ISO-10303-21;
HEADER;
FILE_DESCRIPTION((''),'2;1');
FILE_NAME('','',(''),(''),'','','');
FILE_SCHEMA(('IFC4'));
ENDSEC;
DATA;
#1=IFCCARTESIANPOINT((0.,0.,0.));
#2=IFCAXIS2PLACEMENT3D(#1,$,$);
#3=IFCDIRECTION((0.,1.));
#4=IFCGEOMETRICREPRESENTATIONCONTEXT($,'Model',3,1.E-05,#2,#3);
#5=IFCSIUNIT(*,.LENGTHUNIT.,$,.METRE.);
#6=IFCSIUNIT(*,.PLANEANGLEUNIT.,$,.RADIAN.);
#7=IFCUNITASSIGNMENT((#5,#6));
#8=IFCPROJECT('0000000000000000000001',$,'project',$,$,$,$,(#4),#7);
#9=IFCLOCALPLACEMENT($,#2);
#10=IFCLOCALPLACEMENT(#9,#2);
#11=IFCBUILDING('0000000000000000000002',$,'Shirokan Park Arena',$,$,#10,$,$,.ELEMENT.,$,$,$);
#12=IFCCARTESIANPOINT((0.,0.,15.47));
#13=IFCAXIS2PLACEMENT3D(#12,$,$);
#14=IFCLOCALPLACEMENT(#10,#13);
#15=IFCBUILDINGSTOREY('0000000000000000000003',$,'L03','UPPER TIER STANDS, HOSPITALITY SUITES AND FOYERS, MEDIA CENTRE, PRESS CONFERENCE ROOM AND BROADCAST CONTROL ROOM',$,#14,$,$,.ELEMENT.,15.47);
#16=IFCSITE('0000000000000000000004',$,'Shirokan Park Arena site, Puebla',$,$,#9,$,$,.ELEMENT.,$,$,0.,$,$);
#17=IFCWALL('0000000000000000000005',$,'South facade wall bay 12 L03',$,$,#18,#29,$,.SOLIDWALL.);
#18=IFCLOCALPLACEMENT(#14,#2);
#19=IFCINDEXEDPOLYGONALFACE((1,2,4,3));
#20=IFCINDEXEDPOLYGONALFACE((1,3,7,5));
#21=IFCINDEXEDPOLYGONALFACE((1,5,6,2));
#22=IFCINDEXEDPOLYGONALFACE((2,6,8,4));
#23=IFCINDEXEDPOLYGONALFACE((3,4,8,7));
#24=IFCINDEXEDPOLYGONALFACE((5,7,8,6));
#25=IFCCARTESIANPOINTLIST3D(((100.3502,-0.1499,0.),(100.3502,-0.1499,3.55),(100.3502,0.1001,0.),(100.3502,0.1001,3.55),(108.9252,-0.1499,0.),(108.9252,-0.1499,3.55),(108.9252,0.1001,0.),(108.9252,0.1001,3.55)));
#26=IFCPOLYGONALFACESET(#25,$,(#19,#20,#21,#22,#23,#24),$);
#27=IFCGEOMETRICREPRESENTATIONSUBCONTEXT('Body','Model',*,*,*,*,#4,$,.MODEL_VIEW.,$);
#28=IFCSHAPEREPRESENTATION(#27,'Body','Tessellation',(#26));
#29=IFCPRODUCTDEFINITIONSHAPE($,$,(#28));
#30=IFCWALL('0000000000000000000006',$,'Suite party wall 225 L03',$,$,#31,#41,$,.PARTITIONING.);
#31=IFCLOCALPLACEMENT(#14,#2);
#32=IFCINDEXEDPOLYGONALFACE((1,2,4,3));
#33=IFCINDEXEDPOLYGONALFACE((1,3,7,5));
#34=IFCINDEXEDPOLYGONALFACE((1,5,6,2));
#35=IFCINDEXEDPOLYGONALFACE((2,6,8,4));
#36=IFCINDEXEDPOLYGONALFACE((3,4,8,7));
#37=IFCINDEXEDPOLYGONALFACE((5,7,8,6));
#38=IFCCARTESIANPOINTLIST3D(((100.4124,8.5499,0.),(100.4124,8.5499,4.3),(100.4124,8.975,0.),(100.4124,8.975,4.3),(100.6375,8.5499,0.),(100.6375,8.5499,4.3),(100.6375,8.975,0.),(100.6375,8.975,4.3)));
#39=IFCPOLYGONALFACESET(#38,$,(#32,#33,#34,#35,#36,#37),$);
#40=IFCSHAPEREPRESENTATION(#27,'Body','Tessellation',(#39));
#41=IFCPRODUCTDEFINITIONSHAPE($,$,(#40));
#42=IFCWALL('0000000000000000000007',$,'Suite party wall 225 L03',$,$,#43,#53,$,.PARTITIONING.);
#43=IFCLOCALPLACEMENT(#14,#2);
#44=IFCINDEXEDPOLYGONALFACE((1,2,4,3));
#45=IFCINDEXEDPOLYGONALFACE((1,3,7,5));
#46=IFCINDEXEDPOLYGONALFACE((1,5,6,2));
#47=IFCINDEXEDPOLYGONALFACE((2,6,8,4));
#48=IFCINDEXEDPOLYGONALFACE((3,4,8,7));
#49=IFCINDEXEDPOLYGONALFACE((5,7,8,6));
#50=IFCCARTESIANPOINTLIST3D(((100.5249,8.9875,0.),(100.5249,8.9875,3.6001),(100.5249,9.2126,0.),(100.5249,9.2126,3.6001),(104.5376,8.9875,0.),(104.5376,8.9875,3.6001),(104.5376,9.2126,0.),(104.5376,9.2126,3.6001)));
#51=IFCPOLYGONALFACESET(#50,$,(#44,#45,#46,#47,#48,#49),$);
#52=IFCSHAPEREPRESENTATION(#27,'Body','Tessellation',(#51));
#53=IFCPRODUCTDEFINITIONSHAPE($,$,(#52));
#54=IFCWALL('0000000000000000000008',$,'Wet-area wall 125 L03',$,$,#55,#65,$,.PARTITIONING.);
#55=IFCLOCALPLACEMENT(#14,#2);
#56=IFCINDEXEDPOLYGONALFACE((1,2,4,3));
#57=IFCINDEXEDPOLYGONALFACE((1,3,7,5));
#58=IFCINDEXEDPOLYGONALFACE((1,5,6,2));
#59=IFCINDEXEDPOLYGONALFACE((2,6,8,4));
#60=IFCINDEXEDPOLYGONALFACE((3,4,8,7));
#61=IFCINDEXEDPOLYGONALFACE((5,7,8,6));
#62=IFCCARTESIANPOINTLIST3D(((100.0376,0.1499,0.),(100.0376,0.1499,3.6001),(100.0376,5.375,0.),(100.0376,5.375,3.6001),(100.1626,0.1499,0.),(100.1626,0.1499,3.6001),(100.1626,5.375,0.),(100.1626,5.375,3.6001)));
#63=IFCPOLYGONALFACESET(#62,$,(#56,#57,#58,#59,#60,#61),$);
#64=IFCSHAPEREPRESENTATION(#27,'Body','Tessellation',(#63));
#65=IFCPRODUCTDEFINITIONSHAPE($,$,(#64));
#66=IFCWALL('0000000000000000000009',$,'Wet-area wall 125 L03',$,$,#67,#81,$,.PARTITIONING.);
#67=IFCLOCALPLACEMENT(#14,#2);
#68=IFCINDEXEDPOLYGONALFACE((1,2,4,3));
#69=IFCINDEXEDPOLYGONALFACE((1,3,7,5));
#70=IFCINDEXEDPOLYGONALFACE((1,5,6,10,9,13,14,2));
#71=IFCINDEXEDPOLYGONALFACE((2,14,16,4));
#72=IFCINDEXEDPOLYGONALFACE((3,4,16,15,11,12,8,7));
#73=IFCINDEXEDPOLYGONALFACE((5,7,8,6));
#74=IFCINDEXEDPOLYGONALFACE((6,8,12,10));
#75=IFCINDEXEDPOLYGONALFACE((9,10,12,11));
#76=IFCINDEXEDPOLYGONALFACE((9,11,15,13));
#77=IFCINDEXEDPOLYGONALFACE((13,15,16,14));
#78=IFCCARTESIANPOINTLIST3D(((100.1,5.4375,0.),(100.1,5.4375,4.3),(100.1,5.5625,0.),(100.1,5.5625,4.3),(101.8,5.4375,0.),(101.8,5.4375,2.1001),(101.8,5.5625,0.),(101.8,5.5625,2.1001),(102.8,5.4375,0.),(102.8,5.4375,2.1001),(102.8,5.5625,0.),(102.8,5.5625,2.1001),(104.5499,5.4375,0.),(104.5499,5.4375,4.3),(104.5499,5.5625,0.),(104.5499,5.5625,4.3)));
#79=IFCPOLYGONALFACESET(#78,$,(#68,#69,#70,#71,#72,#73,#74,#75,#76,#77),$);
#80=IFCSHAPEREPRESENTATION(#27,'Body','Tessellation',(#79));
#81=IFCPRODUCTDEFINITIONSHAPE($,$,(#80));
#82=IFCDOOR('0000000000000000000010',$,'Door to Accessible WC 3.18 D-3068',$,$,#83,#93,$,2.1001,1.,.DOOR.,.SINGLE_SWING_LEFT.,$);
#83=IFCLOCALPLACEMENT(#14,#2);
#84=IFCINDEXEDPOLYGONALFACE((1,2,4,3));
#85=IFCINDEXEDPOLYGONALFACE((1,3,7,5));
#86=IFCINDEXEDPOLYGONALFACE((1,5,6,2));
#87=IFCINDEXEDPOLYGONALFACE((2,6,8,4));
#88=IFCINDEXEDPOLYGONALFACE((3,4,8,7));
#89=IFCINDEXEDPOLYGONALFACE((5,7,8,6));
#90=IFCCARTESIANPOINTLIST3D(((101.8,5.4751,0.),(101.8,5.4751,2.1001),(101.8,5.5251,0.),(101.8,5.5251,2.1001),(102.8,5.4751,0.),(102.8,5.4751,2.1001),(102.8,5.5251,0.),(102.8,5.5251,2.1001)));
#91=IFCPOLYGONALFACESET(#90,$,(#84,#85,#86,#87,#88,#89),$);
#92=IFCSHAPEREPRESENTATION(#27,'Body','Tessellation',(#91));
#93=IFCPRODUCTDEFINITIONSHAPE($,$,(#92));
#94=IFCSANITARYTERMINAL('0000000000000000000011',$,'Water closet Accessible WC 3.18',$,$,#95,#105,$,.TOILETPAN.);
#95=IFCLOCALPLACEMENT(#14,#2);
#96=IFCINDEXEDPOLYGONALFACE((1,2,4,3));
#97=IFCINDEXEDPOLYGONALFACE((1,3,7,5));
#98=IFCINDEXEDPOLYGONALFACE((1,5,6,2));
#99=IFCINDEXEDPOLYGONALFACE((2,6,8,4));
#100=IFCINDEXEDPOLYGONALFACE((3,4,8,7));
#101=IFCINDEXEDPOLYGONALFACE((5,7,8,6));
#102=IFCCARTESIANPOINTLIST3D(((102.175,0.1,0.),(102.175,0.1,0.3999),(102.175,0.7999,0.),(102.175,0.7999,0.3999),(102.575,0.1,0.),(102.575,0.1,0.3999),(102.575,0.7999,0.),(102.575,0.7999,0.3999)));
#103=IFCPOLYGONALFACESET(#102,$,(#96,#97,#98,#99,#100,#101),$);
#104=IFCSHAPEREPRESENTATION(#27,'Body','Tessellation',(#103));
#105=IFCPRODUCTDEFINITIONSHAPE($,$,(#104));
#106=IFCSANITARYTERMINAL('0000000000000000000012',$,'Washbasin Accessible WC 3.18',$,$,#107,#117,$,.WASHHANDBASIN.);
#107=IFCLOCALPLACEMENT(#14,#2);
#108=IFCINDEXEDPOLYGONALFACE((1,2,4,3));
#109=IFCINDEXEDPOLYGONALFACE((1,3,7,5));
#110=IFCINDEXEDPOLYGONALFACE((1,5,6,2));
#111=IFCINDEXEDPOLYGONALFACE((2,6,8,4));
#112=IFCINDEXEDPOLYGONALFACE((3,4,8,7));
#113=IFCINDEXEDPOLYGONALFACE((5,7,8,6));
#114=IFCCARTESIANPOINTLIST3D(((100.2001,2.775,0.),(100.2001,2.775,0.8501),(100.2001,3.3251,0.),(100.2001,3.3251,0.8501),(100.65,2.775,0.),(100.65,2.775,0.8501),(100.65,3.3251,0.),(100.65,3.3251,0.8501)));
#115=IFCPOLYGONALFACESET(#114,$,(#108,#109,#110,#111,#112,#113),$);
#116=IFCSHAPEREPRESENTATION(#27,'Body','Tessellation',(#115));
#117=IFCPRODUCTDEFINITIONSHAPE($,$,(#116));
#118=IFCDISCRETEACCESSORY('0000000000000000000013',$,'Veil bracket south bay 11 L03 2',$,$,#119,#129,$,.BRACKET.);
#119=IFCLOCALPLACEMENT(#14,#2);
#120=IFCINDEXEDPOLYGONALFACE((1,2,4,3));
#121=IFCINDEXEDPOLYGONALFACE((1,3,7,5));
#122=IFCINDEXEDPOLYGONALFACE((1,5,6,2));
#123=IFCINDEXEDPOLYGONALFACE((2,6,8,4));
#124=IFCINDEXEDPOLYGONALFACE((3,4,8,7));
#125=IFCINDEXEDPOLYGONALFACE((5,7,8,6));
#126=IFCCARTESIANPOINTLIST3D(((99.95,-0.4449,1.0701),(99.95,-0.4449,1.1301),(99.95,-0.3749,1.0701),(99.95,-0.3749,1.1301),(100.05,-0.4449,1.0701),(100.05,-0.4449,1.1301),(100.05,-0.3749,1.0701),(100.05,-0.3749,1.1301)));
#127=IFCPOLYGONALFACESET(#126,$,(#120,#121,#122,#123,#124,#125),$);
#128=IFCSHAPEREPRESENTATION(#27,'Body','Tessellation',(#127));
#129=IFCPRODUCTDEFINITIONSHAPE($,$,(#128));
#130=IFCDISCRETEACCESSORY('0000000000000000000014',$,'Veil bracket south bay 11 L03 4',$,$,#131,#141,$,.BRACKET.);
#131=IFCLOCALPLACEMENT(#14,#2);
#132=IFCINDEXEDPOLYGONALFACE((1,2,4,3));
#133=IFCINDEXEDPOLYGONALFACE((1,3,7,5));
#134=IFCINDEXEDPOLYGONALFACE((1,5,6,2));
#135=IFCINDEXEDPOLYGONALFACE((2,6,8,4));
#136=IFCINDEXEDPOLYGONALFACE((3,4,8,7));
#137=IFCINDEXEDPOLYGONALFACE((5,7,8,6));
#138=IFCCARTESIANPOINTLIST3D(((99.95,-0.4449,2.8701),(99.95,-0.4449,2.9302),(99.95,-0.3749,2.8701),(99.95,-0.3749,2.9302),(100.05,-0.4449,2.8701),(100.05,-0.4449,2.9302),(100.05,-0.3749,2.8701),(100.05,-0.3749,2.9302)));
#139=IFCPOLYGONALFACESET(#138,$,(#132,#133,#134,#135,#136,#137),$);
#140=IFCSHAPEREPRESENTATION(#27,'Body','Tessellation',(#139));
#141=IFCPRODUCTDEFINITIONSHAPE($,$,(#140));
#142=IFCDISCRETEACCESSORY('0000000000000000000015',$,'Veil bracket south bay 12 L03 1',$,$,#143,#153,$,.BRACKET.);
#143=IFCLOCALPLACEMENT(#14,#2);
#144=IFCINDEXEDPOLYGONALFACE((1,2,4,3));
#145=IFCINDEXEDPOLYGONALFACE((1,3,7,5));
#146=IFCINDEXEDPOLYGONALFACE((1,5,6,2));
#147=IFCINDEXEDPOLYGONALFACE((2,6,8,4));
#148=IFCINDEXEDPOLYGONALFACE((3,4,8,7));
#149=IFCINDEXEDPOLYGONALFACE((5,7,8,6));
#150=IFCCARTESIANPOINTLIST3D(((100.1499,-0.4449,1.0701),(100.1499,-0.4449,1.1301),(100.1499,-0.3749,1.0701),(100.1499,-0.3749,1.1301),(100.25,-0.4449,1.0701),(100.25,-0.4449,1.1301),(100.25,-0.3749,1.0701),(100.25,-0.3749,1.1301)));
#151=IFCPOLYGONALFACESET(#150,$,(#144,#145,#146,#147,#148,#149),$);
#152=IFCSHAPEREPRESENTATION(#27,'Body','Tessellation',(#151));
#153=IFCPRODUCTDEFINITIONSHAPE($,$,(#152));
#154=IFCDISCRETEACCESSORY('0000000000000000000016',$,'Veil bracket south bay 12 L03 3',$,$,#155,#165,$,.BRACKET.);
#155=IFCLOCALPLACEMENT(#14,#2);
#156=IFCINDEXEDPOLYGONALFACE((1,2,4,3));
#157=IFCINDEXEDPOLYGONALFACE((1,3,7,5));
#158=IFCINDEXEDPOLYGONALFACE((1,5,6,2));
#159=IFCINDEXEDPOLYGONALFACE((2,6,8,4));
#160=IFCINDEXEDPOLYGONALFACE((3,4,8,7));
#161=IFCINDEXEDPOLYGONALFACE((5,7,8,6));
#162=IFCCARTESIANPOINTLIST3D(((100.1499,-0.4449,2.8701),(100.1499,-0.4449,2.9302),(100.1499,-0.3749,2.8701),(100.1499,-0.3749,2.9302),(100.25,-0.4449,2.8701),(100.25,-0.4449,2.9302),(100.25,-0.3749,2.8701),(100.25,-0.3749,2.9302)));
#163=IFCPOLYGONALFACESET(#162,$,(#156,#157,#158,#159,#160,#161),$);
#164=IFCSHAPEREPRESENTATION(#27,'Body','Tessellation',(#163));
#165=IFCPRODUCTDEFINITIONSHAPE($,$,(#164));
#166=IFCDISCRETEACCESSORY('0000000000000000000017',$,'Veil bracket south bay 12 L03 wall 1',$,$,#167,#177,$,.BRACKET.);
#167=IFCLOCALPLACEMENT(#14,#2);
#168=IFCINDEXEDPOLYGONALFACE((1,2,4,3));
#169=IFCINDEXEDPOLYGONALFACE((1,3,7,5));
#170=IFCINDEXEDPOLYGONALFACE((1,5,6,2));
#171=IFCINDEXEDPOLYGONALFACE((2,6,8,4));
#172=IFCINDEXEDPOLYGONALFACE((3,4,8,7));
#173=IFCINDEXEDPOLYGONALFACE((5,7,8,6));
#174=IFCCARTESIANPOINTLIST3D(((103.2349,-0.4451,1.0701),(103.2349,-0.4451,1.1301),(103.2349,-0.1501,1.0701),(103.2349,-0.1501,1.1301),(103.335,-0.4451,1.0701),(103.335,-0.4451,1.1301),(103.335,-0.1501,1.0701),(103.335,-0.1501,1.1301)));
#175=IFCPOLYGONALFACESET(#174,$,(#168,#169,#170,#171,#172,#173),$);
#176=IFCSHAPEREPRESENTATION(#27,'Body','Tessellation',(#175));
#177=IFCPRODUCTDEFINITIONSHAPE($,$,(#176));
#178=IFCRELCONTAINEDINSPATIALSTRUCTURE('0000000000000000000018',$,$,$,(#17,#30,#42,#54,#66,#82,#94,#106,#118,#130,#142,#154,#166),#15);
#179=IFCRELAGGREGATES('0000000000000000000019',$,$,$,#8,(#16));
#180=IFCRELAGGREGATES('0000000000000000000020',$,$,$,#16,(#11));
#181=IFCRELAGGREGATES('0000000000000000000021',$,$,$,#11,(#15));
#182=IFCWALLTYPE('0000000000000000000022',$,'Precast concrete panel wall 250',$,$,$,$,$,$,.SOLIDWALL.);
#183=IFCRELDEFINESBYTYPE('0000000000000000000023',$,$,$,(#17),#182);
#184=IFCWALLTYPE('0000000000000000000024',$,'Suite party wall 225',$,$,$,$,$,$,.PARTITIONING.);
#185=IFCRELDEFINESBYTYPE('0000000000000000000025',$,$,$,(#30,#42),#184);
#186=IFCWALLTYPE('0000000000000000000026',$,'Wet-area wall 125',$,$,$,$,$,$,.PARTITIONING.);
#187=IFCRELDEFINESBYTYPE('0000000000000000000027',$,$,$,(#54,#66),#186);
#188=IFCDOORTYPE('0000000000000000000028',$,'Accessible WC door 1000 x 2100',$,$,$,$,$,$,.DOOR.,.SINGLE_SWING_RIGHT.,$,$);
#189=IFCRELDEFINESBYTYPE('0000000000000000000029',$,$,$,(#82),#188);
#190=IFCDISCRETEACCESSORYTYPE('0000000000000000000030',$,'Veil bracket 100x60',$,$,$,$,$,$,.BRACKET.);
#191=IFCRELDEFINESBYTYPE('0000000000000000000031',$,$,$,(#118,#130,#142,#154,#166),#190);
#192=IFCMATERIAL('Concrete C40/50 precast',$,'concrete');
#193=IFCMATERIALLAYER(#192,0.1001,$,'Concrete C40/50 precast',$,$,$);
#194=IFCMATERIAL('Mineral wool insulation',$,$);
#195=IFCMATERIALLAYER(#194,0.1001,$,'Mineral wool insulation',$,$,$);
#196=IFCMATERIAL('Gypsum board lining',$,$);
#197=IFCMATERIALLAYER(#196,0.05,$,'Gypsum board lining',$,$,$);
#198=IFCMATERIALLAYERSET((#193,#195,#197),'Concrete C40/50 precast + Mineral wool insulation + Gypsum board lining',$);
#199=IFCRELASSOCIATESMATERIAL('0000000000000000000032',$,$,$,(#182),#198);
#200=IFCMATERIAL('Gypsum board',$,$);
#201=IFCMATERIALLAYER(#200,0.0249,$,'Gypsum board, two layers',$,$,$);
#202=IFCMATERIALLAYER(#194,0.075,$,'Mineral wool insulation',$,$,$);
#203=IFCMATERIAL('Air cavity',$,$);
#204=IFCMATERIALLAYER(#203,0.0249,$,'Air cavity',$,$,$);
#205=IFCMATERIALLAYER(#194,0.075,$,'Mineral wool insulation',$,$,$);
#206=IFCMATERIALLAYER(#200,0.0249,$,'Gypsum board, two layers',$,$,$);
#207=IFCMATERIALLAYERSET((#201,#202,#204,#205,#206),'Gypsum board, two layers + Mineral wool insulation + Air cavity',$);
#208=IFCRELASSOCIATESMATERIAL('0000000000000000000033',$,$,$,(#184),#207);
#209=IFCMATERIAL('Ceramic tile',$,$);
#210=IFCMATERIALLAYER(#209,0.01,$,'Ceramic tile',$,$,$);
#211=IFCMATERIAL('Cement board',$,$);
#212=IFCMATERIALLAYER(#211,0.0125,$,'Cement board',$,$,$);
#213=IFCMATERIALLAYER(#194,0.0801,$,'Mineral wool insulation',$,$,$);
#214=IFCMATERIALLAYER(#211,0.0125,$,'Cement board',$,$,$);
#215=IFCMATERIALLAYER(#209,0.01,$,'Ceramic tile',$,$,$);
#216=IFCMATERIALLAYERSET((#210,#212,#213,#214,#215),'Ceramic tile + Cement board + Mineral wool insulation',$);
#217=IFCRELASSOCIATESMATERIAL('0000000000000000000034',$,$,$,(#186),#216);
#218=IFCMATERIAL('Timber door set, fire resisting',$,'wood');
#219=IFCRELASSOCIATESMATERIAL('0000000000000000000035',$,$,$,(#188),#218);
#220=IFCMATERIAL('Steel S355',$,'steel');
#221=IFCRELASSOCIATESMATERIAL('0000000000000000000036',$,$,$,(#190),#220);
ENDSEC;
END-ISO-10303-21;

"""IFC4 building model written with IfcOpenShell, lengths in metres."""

from ifc_helpers import new_model, si_unit, direction, frame, frame_2d, origin, origin_2d, place, context, subcontext, project, spatial, rectangle, extrude, material, layer, layer_set, type_object, element, fill, save


model = new_model("IFC4")

# Units and contexts
model_context = context("Model", 3, precision=1e-05, world=origin(), true_north=direction((0.0, 1.0)))
body_context = subcontext(model_context, "Body", "Model", "MODEL_VIEW")
ifc_project = project(units=[si_unit("LENGTHUNIT", "METRE"), si_unit("PLANEANGLEUNIT", "RADIAN")], contexts=[model_context])

# Site, building, storey
site_placement = place(None, origin())
site = spatial("IfcSite", under=ifc_project, at=site_placement, Name="Shirokan Park Arena site, Puebla", CompositionType="ELEMENT", RefElevation=0.0)
building_placement = place(site_placement, origin())
building = spatial("IfcBuilding", under=site, at=building_placement, Name="Shirokan Park Arena", CompositionType="ELEMENT")
storey_placement = place(building_placement, frame((0.0, 0.0, 15.47)))
storey = spatial("IfcBuildingStorey", under=building, at=storey_placement, Name="L03", Description="UPPER TIER STANDS, HOSPITALITY SUITES AND FOYERS, MEDIA CENTRE, PRESS CONFERENCE ROOM AND BROADCAST CONTROL ROOM", CompositionType="ELEMENT", Elevation=15.47)

# Shared definitions
ifc_material_1 = material(Name="Steel S355", Category="steel")

# Shared definitions
ifc_material_2 = material(Name="Mineral wool insulation")

# Shared definitions
ifc_material_3 = material(Name="Timber door set, fire resisting", Category="wood")

# Walls
ifc_material_4 = material(Name="Concrete C40/50 precast", Category="concrete")
ifc_layer_1 = layer(ifc_material_4, 0.1001, Name="Concrete C40/50 precast")
ifc_layer_2 = layer(ifc_material_2, 0.1001, Name="Mineral wool insulation")
ifc_material_5 = material(Name="Gypsum board lining")
ifc_layer_3 = layer(ifc_material_5, 0.05, Name="Gypsum board lining")
ifc_layer_set_1 = layer_set([ifc_layer_1, ifc_layer_2, ifc_layer_3], Name="Concrete C40/50 precast + Mineral wool insulation + Gypsum board lining")
wall_type_1 = type_object("IfcWallType", Name="Precast concrete panel wall 250", PredefinedType="SOLIDWALL", material=ifc_layer_set_1)
wall_1_placement = place(storey_placement, frame((100.3501, -0.0249, 0.0), z_axis=(0.0, 0.0, 1.0), x_axis=(1.0, 0.0, 0.0)))
element("IfcWall", 1, at=wall_1_placement, inside=storey, type_object=wall_type_1, Name="South facade wall bay 12 L03", PredefinedType="SOLIDWALL", context=body_context, shape_type="SweptSolid", body=[
    extrude(rectangle(XDim=8.575, YDim=0.25, at=frame_2d((4.2876, 0.0))), origin(), (0.0, 0.0, 1.0), 3.55),
])
ifc_material_6 = material(Name="Gypsum board")
ifc_layer_4 = layer(ifc_material_6, 0.0249, Name="Gypsum board, two layers")
ifc_layer_5 = layer(ifc_material_2, 0.075, Name="Mineral wool insulation")
ifc_material_7 = material(Name="Air cavity")
ifc_layer_6 = layer(ifc_material_7, 0.0249, Name="Air cavity")
ifc_layer_7 = layer(ifc_material_2, 0.075, Name="Mineral wool insulation")
ifc_layer_8 = layer(ifc_material_6, 0.0249, Name="Gypsum board, two layers")
ifc_layer_set_2 = layer_set([ifc_layer_4, ifc_layer_5, ifc_layer_6, ifc_layer_7, ifc_layer_8], Name="Gypsum board, two layers + Mineral wool insulation + Air cavity")
wall_type_2 = type_object("IfcWallType", Name="Suite party wall 225", PredefinedType="PARTITIONING", material=ifc_layer_set_2)
wall_2_placement = place(storey_placement, frame((100.5249, 8.55, 0.0), z_axis=(0.0, 0.0, 1.0), x_axis=(0.0, 1.0, 0.0)))
element("IfcWall", 2, at=wall_2_placement, inside=storey, type_object=wall_type_2, Name="Suite party wall 225 L03", PredefinedType="PARTITIONING", context=body_context, shape_type="SweptSolid", body=[
    extrude(rectangle(XDim=0.425, YDim=0.2251, at=frame_2d((0.2124, 0.0))), origin(), (0.0, 0.0, 1.0), 4.3),
])
wall_3_placement = place(storey_placement, frame((100.5249, 9.1001, 0.0), z_axis=(0.0, 0.0, 1.0), x_axis=(1.0, 0.0, 0.0)))
element("IfcWall", 3, at=wall_3_placement, inside=storey, type_object=wall_type_2, Name="Suite party wall 225 L03", PredefinedType="PARTITIONING", context=body_context, shape_type="SweptSolid", body=[
    extrude(rectangle(XDim=4.0127, YDim=0.2251, at=frame_2d((2.0063, 0.0))), origin(), (0.0, 0.0, 1.0), 3.6001),
])
ifc_material_8 = material(Name="Ceramic tile")
ifc_layer_9 = layer(ifc_material_8, 0.01, Name="Ceramic tile")
ifc_material_9 = material(Name="Cement board")
ifc_layer_10 = layer(ifc_material_9, 0.0125, Name="Cement board")
ifc_layer_11 = layer(ifc_material_2, 0.0801, Name="Mineral wool insulation")
ifc_layer_12 = layer(ifc_material_9, 0.0125, Name="Cement board")
ifc_layer_13 = layer(ifc_material_8, 0.01, Name="Ceramic tile")
ifc_layer_set_3 = layer_set([ifc_layer_9, ifc_layer_10, ifc_layer_11, ifc_layer_12, ifc_layer_13], Name="Ceramic tile + Cement board + Mineral wool insulation")
wall_type_3 = type_object("IfcWallType", Name="Wet-area wall 125", PredefinedType="PARTITIONING", material=ifc_layer_set_3)
wall_4_placement = place(storey_placement, frame((100.1001, 5.375, 0.0), z_axis=(0.0, 0.0, 1.0), x_axis=(0.0, -1.0, 0.0)))
element("IfcWall", 4, at=wall_4_placement, inside=storey, type_object=wall_type_3, Name="Wet-area wall 125 L03", PredefinedType="PARTITIONING", context=body_context, shape_type="SweptSolid", body=[
    extrude(rectangle(XDim=5.2251, YDim=0.125, at=frame_2d((2.6125, 0.0))), origin(), (0.0, 0.0, 1.0), 3.6001),
])

# Wall, opening, door
wall_5_placement = place(storey_placement, frame((104.55, 5.5, 0.0), z_axis=(0.0, 0.0, 1.0), x_axis=(-1.0, 0.0, 0.0)))
wall_5 = element("IfcWall", 5, at=wall_5_placement, inside=storey, type_object=wall_type_3, Name="Wet-area wall 125 L03", PredefinedType="PARTITIONING", context=body_context, shape_type="SweptSolid", body=[
    extrude(rectangle(XDim=4.45, YDim=0.125, at=frame_2d((2.2251, 0.0))), origin(), (0.0, 0.0, 1.0), 4.3),
])
opening_1_placement = place(wall_5_placement, frame((1.75, 0.0, 0.0)))
opening_1 = element("IfcOpeningElement", 6, at=opening_1_placement, cuts=wall_5, PredefinedType="OPENING", context=body_context, shape_type="SweptSolid", body=[
    extrude(rectangle(XDim=1.0, YDim=2.1001, at=frame_2d((0.5, 1.05))), frame((0.0, 0.0725, 0.0), z_axis=(0.0, -1.0, 0.0), x_axis=(1.0, 0.0, 0.0)), (0.0, 0.0, 1.0), 0.145),
])
door_type_1 = type_object("IfcDoorType", Name="Accessible WC door 1000 x 2100", OperationType="SINGLE_SWING_RIGHT", PredefinedType="DOOR", material=ifc_material_3)
door_1_placement = place(opening_1_placement, origin())
door_1 = element("IfcDoor", 7, at=door_1_placement, inside=storey, type_object=door_type_1, Name="Door to Accessible WC 3.18 D-3068", OperationType="SINGLE_SWING_LEFT", OverallHeight=2.1001, OverallWidth=1.0, PredefinedType="DOOR", context=body_context, shape_type="SweptSolid", body=[
    extrude(rectangle(XDim=1.0, YDim=2.1001, at=frame_2d((0.5, 1.05))), frame((0.0, 0.0249, 0.0), z_axis=(0.0, -1.0, 0.0), x_axis=(1.0, 0.0, 0.0)), (0.0, 0.0, 1.0), 0.05),
])
fill(opening_1, door_1)

# Sanitary terminals
sanitary_terminal_1_placement = place(storey_placement, frame((102.375, 0.45, 0.0), z_axis=(0.0, 0.0, 1.0), x_axis=(1.0, 0.0, 0.0)))
element("IfcSanitaryTerminal", 8, at=sanitary_terminal_1_placement, inside=storey, Name="Water closet Accessible WC 3.18", PredefinedType="TOILETPAN", context=body_context, shape_type="SweptSolid", body=[
    extrude(rectangle(XDim=0.3999, YDim=0.7, at=origin_2d()), origin(), (0.0, 0.0, 1.0), 0.3999),
])
sanitary_terminal_2_placement = place(storey_placement, frame((100.425, 3.05, 0.0), z_axis=(0.0, 0.0, 1.0), x_axis=(1.0, 0.0, 0.0)))
element("IfcSanitaryTerminal", 9, at=sanitary_terminal_2_placement, inside=storey, Name="Washbasin Accessible WC 3.18", PredefinedType="WASHHANDBASIN", context=body_context, shape_type="SweptSolid", body=[
    extrude(rectangle(XDim=0.45, YDim=0.55, at=origin_2d()), origin(), (0.0, 0.0, 1.0), 0.8501),
])

# Discrete accessories
discrete_accessory_type = type_object("IfcDiscreteAccessoryType", Name="Veil bracket 100x60", PredefinedType="BRACKET", material=ifc_material_1)
for number, where, z_axis, x_axis, name in (
    (10, (100.0, -0.4099, 1.0701), (0.0, 0.0, 1.0), (1.0, 0.0, 0.0), "Veil bracket south bay 11 L03 2"),
    (11, (100.0, -0.4099, 2.8701), (0.0, 0.0, 1.0), (1.0, 0.0, 0.0), "Veil bracket south bay 11 L03 4"),
    (12, (100.2, -0.4099, 1.0701), (0.0, 0.0, 1.0), (1.0, 0.0, 0.0), "Veil bracket south bay 12 L03 1"),
    (13, (100.2, -0.4099, 2.8701), (0.0, 0.0, 1.0), (1.0, 0.0, 0.0), "Veil bracket south bay 12 L03 3"),
):
    element("IfcDiscreteAccessory", number, at=place(storey_placement, frame(where, z_axis=z_axis, x_axis=x_axis)), inside=storey, type_object=discrete_accessory_type, Name=name, PredefinedType="BRACKET", context=body_context, shape_type="SweptSolid", body=[
        extrude(rectangle(XDim=0.1001, YDim=0.0701, at=origin_2d()), origin(), (0.0, 0.0, 1.0), 0.0601),
    ])
discrete_accessory_placement = place(storey_placement, frame((103.2849, -0.2976, 1.0701), z_axis=(0.0, 0.0, 1.0), x_axis=(1.0, 0.0, 0.0)))
element("IfcDiscreteAccessory", 14, at=discrete_accessory_placement, inside=storey, type_object=discrete_accessory_type, Name="Veil bracket south bay 12 L03 wall 1", PredefinedType="BRACKET", context=body_context, shape_type="SweptSolid", body=[
    extrude(rectangle(XDim=0.1001, YDim=0.2949, at=origin_2d()), origin(), (0.0, 0.0, 1.0), 0.0601),
])

save(model, "model.ifc")
